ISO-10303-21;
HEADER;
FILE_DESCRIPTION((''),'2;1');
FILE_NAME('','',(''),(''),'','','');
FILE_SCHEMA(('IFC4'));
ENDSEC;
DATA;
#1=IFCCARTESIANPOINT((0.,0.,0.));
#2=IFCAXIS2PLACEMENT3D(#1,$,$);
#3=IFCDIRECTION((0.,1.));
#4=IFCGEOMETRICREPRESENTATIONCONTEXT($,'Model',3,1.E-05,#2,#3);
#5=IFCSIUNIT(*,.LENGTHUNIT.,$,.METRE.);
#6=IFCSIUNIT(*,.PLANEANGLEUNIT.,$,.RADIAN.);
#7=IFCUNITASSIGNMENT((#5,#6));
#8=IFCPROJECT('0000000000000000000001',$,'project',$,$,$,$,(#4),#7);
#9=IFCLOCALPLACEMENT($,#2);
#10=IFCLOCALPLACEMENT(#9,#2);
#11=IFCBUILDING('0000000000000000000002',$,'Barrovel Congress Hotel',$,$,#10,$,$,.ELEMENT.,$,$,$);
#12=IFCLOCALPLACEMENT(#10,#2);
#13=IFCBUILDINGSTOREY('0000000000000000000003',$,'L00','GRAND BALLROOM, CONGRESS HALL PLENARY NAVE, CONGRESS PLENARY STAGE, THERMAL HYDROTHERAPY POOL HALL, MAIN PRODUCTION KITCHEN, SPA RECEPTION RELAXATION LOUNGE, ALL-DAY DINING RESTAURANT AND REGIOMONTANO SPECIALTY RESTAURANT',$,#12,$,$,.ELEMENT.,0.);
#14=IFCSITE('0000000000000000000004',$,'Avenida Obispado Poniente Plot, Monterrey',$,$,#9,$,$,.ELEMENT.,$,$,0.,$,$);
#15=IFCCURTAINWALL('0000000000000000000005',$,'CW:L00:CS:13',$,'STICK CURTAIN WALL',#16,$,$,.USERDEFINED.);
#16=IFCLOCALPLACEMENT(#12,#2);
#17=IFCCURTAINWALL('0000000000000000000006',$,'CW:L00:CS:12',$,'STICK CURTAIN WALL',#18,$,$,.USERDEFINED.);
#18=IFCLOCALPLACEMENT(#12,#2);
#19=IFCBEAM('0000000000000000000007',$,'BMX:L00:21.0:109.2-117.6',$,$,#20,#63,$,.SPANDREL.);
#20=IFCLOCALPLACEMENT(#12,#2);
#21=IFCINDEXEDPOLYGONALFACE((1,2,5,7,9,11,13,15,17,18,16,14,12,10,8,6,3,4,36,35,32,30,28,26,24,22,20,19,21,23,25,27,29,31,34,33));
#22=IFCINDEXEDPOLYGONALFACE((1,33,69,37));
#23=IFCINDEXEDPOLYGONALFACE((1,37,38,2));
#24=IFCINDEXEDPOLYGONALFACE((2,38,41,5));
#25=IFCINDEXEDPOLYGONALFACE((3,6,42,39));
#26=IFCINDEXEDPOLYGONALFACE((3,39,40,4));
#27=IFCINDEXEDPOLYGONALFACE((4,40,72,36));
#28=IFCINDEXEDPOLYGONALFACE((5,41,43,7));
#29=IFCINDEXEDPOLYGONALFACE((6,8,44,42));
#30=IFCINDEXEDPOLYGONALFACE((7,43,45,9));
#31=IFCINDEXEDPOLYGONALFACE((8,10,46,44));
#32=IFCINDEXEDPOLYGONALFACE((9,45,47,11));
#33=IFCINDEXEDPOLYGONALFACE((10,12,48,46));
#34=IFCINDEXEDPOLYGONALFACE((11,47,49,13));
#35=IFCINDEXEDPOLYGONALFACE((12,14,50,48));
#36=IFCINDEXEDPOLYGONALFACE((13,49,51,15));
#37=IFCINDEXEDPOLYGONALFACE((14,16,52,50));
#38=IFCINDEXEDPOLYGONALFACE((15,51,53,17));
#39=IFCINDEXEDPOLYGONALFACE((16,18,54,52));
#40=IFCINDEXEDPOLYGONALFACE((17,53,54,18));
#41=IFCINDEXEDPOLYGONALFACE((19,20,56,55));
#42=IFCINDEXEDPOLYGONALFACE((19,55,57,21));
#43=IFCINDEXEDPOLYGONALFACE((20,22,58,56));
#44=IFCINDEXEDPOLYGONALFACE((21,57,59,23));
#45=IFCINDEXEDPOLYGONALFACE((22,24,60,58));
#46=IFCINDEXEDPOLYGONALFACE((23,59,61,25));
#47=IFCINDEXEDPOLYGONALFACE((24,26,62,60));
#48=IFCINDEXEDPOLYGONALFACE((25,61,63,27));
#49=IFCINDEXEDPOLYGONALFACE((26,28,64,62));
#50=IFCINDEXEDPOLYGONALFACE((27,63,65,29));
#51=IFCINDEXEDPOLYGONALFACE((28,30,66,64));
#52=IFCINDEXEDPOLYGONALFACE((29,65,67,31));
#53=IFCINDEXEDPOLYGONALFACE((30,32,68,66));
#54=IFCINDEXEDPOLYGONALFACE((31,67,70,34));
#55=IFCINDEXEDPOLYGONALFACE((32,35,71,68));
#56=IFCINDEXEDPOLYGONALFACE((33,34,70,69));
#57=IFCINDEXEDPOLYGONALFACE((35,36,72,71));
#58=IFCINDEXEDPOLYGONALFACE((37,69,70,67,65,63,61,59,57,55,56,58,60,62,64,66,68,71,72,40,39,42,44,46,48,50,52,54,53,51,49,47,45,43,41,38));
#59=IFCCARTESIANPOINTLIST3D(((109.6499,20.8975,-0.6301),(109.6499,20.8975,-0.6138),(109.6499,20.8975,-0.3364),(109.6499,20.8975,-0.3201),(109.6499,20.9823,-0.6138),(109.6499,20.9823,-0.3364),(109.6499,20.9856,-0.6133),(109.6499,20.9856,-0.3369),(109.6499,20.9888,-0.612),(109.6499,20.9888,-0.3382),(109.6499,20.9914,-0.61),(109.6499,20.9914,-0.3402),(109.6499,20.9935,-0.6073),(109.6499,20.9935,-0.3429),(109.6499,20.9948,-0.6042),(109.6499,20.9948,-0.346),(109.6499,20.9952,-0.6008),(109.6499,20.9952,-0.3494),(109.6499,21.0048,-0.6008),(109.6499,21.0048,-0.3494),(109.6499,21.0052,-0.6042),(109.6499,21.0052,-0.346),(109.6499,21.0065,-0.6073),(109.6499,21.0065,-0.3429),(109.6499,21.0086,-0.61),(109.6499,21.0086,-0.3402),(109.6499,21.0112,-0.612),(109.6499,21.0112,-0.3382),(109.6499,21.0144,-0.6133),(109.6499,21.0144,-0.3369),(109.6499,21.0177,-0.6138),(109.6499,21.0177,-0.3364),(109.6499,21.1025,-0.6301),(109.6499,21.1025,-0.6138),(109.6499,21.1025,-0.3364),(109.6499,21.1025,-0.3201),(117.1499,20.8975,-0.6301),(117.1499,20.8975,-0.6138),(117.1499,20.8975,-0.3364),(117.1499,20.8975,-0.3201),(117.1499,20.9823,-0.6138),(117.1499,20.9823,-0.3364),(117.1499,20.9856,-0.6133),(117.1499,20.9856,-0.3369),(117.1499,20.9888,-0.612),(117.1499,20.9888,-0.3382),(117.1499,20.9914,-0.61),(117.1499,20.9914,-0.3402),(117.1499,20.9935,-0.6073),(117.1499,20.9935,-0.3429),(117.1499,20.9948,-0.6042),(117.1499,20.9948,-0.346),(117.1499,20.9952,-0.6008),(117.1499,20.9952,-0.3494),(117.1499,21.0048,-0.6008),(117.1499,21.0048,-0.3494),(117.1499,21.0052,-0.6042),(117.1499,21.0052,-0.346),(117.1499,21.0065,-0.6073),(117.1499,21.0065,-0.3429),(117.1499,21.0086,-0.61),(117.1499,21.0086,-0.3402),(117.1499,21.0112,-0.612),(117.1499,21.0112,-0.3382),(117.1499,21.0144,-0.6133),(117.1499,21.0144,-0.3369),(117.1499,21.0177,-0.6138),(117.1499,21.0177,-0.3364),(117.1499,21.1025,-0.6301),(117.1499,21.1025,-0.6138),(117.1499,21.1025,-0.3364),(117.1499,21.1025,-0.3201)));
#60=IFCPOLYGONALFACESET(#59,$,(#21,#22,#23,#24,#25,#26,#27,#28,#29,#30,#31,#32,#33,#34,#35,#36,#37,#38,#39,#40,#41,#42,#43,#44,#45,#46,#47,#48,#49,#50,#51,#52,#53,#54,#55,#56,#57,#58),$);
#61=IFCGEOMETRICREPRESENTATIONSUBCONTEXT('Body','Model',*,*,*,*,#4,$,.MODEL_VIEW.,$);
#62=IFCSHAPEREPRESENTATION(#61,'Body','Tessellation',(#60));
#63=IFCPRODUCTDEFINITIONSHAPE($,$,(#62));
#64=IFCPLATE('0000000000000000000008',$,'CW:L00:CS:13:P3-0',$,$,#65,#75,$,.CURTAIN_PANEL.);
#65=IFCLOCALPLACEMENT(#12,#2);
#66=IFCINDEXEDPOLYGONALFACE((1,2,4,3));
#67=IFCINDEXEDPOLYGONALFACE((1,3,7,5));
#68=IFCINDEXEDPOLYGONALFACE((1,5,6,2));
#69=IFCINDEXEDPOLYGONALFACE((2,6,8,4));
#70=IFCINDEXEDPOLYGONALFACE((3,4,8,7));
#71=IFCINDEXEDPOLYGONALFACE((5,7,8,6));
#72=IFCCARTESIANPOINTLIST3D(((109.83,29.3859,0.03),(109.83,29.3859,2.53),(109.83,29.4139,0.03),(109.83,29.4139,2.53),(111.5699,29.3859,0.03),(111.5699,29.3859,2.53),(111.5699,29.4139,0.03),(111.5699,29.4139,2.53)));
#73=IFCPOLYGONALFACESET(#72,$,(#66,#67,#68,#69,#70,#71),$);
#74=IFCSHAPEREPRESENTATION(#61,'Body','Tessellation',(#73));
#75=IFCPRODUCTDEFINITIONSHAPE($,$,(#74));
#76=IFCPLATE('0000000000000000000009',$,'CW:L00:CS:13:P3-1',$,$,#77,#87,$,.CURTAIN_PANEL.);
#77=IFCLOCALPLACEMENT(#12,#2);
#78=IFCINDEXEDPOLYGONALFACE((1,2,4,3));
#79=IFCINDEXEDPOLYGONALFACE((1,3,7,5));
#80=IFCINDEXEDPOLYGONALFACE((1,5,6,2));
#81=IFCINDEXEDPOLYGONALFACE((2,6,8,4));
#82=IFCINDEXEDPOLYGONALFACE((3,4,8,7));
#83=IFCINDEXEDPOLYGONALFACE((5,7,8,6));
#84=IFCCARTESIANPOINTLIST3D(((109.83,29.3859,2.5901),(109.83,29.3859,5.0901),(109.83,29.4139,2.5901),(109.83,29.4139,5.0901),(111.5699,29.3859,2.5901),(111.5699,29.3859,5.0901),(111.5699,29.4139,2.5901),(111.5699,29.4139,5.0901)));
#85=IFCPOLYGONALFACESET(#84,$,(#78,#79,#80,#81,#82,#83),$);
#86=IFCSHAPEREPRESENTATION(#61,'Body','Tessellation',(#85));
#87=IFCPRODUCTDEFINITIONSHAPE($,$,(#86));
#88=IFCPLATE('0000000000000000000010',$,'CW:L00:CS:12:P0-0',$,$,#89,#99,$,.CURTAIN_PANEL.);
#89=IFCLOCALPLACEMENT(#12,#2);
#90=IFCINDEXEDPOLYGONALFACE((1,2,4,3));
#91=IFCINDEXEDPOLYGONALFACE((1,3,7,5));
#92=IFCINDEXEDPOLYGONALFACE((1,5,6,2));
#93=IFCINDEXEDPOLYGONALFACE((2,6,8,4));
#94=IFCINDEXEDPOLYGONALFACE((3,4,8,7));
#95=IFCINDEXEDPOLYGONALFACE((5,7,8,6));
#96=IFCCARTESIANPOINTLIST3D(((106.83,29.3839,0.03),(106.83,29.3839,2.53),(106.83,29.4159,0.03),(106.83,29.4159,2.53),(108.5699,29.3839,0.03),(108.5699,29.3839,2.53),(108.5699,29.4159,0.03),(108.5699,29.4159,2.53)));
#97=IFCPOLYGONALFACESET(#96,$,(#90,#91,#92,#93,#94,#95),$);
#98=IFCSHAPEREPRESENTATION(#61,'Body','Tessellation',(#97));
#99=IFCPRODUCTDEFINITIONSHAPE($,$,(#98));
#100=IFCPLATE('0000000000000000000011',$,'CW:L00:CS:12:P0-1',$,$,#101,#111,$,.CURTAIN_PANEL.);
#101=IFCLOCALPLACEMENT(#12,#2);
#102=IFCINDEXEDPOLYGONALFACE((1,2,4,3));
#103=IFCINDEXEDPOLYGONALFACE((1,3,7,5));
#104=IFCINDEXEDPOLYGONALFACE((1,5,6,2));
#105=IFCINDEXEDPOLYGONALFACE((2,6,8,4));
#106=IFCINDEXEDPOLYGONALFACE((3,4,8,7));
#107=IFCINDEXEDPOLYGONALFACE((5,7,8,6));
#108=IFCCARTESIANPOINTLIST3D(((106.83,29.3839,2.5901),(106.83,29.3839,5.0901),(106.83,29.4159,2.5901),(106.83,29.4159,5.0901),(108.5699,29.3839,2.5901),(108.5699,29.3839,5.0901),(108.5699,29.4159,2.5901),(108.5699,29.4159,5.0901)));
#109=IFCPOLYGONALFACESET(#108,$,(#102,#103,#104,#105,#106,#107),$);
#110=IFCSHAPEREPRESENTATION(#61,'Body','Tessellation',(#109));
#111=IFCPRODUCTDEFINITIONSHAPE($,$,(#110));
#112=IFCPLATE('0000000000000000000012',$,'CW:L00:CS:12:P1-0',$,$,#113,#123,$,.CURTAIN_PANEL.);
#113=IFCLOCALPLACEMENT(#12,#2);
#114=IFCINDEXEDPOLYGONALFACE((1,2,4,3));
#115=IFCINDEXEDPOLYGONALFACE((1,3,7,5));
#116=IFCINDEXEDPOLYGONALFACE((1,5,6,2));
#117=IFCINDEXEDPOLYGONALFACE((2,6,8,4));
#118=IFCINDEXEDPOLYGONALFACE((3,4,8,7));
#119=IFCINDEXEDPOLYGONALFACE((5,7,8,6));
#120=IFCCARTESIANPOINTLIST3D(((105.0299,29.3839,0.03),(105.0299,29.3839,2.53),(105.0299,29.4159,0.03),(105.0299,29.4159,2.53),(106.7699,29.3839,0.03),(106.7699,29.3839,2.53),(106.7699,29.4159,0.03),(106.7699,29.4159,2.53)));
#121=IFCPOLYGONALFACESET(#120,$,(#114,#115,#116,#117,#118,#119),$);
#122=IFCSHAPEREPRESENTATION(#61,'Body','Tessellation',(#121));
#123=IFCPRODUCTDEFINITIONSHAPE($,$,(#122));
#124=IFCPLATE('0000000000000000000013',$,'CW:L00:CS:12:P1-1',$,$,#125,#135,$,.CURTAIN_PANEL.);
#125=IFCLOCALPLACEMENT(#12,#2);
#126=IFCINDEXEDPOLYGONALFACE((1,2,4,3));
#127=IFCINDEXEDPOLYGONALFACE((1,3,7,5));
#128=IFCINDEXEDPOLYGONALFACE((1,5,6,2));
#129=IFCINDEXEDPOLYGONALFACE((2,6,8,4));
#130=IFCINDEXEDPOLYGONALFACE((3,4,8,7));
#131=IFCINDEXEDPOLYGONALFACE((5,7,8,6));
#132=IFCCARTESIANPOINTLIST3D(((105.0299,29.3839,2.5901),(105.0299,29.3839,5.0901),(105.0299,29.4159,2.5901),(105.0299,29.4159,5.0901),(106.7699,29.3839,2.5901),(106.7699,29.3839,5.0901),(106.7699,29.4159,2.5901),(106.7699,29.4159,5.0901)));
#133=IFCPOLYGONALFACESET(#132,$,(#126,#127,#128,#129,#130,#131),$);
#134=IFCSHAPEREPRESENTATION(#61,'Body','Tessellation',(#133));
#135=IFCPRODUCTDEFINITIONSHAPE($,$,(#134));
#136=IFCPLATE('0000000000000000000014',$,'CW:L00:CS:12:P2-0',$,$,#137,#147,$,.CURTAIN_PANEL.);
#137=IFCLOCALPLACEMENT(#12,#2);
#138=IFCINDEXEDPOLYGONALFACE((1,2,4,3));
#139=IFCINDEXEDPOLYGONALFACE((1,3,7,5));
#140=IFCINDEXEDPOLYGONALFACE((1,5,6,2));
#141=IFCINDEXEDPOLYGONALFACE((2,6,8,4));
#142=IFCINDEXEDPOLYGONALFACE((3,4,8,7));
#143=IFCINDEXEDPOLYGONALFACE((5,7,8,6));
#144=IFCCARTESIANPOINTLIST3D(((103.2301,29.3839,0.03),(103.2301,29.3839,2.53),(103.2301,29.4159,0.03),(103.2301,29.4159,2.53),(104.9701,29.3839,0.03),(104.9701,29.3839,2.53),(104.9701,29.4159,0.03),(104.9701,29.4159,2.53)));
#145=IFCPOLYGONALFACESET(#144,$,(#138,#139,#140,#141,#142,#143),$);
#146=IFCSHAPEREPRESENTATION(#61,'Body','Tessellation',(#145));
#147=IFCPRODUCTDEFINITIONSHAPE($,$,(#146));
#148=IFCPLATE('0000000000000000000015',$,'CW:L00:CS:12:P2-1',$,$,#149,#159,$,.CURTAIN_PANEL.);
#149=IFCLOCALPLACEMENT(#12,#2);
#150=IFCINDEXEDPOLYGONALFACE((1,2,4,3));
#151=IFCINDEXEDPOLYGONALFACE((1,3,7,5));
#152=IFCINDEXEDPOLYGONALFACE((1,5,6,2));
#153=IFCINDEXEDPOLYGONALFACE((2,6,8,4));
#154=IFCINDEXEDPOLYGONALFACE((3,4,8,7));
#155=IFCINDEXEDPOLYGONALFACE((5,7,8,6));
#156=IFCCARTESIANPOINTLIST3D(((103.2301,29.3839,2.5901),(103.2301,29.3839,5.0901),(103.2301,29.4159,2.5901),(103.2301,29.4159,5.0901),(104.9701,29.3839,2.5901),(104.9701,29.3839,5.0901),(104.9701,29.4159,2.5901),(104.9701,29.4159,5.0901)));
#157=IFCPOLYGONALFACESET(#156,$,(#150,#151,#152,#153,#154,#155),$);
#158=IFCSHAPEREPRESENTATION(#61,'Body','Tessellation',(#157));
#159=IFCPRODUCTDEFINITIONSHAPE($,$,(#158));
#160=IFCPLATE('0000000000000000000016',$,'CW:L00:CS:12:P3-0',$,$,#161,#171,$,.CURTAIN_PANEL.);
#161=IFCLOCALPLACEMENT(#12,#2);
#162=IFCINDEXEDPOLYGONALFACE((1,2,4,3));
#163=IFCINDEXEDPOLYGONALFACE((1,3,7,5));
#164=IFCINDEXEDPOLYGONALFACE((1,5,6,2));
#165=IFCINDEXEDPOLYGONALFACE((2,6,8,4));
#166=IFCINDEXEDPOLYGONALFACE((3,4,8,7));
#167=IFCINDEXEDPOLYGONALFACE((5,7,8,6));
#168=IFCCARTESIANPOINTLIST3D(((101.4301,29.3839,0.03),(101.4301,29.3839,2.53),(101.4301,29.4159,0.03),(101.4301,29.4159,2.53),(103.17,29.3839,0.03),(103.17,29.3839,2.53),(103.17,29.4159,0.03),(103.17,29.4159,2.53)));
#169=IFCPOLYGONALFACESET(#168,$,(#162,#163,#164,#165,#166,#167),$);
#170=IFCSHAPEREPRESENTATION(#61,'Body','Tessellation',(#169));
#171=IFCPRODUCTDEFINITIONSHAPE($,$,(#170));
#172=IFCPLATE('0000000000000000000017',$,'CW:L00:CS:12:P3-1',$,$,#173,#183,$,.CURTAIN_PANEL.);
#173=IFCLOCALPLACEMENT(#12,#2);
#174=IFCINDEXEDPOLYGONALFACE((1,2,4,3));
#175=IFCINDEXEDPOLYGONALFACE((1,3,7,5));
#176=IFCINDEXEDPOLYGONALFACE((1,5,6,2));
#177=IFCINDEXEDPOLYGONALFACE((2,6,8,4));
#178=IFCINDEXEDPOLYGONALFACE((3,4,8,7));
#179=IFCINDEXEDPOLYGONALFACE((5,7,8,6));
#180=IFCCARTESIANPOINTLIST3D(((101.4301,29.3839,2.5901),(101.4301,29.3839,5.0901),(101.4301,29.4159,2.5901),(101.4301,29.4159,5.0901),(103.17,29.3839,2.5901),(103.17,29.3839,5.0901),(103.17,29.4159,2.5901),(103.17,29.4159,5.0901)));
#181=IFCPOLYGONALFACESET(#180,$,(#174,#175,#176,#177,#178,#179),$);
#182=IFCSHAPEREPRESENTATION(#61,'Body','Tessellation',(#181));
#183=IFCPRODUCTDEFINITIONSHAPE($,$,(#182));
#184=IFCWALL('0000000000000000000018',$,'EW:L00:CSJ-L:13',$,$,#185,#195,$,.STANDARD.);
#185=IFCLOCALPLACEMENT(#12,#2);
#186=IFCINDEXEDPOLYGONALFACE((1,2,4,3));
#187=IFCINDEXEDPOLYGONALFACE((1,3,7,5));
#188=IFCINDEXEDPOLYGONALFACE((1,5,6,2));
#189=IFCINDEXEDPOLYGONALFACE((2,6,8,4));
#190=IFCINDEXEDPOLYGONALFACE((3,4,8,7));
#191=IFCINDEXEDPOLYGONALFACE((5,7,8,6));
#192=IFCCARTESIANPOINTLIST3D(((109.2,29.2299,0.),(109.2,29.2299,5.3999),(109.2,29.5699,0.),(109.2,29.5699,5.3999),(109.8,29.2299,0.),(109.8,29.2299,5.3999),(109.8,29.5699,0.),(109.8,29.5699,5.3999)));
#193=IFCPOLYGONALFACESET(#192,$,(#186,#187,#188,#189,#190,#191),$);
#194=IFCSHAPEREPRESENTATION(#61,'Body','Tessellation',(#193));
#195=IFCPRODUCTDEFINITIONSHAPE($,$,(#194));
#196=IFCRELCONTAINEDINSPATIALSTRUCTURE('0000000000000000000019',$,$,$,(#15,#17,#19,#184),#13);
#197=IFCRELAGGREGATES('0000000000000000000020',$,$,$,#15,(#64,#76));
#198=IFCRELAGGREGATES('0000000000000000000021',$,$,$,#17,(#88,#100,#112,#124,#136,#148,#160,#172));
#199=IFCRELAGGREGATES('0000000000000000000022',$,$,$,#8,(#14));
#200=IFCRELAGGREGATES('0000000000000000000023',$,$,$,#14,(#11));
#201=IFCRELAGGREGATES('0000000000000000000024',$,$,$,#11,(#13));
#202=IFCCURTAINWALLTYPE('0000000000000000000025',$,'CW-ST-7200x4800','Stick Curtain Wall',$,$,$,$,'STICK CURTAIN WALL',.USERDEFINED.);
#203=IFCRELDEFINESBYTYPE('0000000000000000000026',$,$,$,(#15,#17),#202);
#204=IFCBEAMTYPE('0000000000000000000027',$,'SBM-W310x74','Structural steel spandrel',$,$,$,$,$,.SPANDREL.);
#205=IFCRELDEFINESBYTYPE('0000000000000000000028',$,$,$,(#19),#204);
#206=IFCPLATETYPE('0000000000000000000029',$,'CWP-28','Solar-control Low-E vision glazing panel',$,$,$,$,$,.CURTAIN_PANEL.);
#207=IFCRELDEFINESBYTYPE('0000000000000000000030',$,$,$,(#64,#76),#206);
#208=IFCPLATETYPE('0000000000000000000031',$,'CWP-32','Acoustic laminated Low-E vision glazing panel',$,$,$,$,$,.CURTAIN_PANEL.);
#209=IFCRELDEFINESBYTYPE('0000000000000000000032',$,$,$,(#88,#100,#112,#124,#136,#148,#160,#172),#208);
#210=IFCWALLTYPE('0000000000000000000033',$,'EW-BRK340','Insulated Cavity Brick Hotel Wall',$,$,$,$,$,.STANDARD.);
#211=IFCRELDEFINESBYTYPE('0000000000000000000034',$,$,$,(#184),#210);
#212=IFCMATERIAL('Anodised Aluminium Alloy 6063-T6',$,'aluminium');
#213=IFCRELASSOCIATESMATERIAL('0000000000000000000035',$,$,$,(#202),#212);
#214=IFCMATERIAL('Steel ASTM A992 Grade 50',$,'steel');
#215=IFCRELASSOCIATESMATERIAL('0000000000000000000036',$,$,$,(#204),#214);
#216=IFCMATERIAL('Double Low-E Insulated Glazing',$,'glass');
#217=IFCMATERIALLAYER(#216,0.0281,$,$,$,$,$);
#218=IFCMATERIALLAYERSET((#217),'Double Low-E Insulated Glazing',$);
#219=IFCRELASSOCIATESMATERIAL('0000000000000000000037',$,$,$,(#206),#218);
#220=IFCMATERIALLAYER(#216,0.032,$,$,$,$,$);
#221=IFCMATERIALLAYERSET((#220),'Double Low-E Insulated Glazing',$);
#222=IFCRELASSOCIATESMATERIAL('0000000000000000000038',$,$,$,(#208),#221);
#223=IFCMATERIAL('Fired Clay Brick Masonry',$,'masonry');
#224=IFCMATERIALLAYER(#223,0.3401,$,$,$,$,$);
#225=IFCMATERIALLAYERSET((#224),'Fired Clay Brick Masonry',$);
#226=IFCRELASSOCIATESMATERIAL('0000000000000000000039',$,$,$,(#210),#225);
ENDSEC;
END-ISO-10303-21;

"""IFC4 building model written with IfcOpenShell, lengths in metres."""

from ifc_helpers import new_model, si_unit, direction, frame, frame_2d, origin, origin_2d, place, context, subcontext, project, spatial, rectangle, i_section, extrude, material, layer, layer_set, material_profile, profile_set, type_object, element, aggregate, save


model = new_model("IFC4")

# Units and contexts
model_context = context("Model", 3, precision=1e-05, world=origin(), true_north=direction((0.0, 1.0)))
body_context = subcontext(model_context, "Body", "Model", "MODEL_VIEW")
ifc_project = project(units=[si_unit("LENGTHUNIT", "METRE"), si_unit("PLANEANGLEUNIT", "RADIAN")], contexts=[model_context])

# Site, building, storey
site_placement = place(None, origin())
site = spatial("IfcSite", under=ifc_project, at=site_placement, Name="Avenida Obispado Poniente Plot, Monterrey", CompositionType="ELEMENT", RefElevation=0.0)
building_placement = place(site_placement, origin())
building = spatial("IfcBuilding", under=site, at=building_placement, Name="Barrovel Congress Hotel", CompositionType="ELEMENT")
storey_placement = place(building_placement, origin())
storey = spatial("IfcBuildingStorey", under=building, at=storey_placement, Name="L00", Description="GRAND BALLROOM, CONGRESS HALL PLENARY NAVE, CONGRESS PLENARY STAGE, THERMAL HYDROTHERAPY POOL HALL, MAIN PRODUCTION KITCHEN, SPA RECEPTION RELAXATION LOUNGE, ALL-DAY DINING RESTAURANT AND REGIOMONTANO SPECIALTY RESTAURANT", CompositionType="ELEMENT", Elevation=0.0)

# Curtain wall
ifc_material_1 = material(Name="Anodised Aluminium Alloy 6063-T6", Category="aluminium")
curtain_wall_type = type_object("IfcCurtainWallType", Name="CW-ST-7200x4800", Description="Stick Curtain Wall", ElementType="STICK CURTAIN WALL", PredefinedType="USERDEFINED", material=ifc_material_1)
curtain_wall_1_placement = place(storey_placement, origin())
curtain_wall_1 = element("IfcCurtainWall", 1, at=curtain_wall_1_placement, inside=storey, type_object=curtain_wall_type, Name="CW:L00:CS:13", ObjectType="STICK CURTAIN WALL", PredefinedType="USERDEFINED")

# Curtain wall
curtain_wall_2_placement = place(storey_placement, origin())
curtain_wall_2 = element("IfcCurtainWall", 2, at=curtain_wall_2_placement, inside=storey, type_object=curtain_wall_type, Name="CW:L00:CS:12", ObjectType="STICK CURTAIN WALL", PredefinedType="USERDEFINED")

# Beam
ifc_material_2 = material(Name="Steel ASTM A992 Grade 50", Category="steel")
ifc_material_profile_1 = material_profile(ifc_material_2, i_section(OverallWidth=0.2051, OverallDepth=0.3101, WebThickness=0.0095, FlangeThickness=0.0164, FilletRadius=0.0129, at=origin_2d()), Name="W310x74")
ifc_profile_set_1 = profile_set([ifc_material_profile_1], Name="Steel ASTM A992 Grade 50")
beam_type_1 = type_object("IfcBeamType", Name="SBM-W310x74", Description="Structural steel spandrel", PredefinedType="SPANDREL", material=ifc_profile_set_1)
beam_1_placement = place(storey_placement, frame((109.6499, 21.0, -0.4751), z_axis=(1.0, 0.0, 0.0), x_axis=(0.0, 1.0, 0.0)))
element("IfcBeam", 3, at=beam_1_placement, inside=storey, type_object=beam_type_1, Name="BMX:L00:21.0:109.2-117.6", PredefinedType="SPANDREL", context=body_context, shape_type="SweptSolid", body=[
    extrude(i_section(OverallWidth=0.2051, OverallDepth=0.3101, WebThickness=0.0095, FlangeThickness=0.0164, FilletRadius=0.0129, at=origin_2d()), origin(), (0.0, 0.0, 1.0), 7.5),
])

# Plates
ifc_material_3 = material(Name="Double Low-E Insulated Glazing", Category="glass")
ifc_layer_1 = layer(ifc_material_3, 0.0281)
ifc_layer_set_1 = layer_set([ifc_layer_1], Name="Double Low-E Insulated Glazing")
plate_type_1 = type_object("IfcPlateType", Name="CWP-28", Description="Solar-control Low-E vision glazing panel", PredefinedType="CURTAIN_PANEL", material=ifc_layer_set_1)
plate_1_placement = place(storey_placement, frame((110.7, 29.3999, 0.03), z_axis=(0.0, 0.0, 1.0), x_axis=(-1.0, 0.0, 0.0)))
plate_1 = element("IfcPlate", 4, at=plate_1_placement, type_object=plate_type_1, Name="CW:L00:CS:13:P3-0", PredefinedType="CURTAIN_PANEL", context=body_context, shape_type="SweptSolid", body=[
    extrude(rectangle(XDim=1.74, YDim=0.0281, at=origin_2d()), origin(), (0.0, 0.0, 1.0), 2.5),
])
plate_2_placement = place(storey_placement, frame((110.7, 29.3999, 2.5901), z_axis=(0.0, 0.0, 1.0), x_axis=(-1.0, 0.0, 0.0)))
plate_2 = element("IfcPlate", 5, at=plate_2_placement, type_object=plate_type_1, Name="CW:L00:CS:13:P3-1", PredefinedType="CURTAIN_PANEL", context=body_context, shape_type="SweptSolid", body=[
    extrude(rectangle(XDim=1.74, YDim=0.0281, at=origin_2d()), origin(), (0.0, 0.0, 1.0), 2.5),
])
aggregate(curtain_wall_1, [plate_1, plate_2])
ifc_layer_2 = layer(ifc_material_3, 0.032)
ifc_layer_set_2 = layer_set([ifc_layer_2], Name="Double Low-E Insulated Glazing")
plate_type_2 = type_object("IfcPlateType", Name="CWP-32", Description="Acoustic laminated Low-E vision glazing panel", PredefinedType="CURTAIN_PANEL", material=ifc_layer_set_2)
plate_3_placement = place(storey_placement, frame((107.7, 29.3999, 0.03), z_axis=(0.0, 0.0, 1.0), x_axis=(-1.0, 0.0, 0.0)))
plate_3 = element("IfcPlate", 6, at=plate_3_placement, type_object=plate_type_2, Name="CW:L00:CS:12:P0-0", PredefinedType="CURTAIN_PANEL", context=body_context, shape_type="SweptSolid", body=[
    extrude(rectangle(XDim=1.74, YDim=0.032, at=origin_2d()), origin(), (0.0, 0.0, 1.0), 2.5),
])
plate_4_placement = place(storey_placement, frame((107.7, 29.3999, 2.5901), z_axis=(0.0, 0.0, 1.0), x_axis=(-1.0, 0.0, 0.0)))
plate_4 = element("IfcPlate", 7, at=plate_4_placement, type_object=plate_type_2, Name="CW:L00:CS:12:P0-1", PredefinedType="CURTAIN_PANEL", context=body_context, shape_type="SweptSolid", body=[
    extrude(rectangle(XDim=1.74, YDim=0.032, at=origin_2d()), origin(), (0.0, 0.0, 1.0), 2.5),
])
plate_5_placement = place(storey_placement, frame((105.8999, 29.3999, 0.03), z_axis=(0.0, 0.0, 1.0), x_axis=(-1.0, 0.0, 0.0)))
plate_5 = element("IfcPlate", 8, at=plate_5_placement, type_object=plate_type_2, Name="CW:L00:CS:12:P1-0", PredefinedType="CURTAIN_PANEL", context=body_context, shape_type="SweptSolid", body=[
    extrude(rectangle(XDim=1.74, YDim=0.032, at=origin_2d()), origin(), (0.0, 0.0, 1.0), 2.5),
])
plate_6_placement = place(storey_placement, frame((105.8999, 29.3999, 2.5901), z_axis=(0.0, 0.0, 1.0), x_axis=(-1.0, 0.0, 0.0)))
plate_6 = element("IfcPlate", 9, at=plate_6_placement, type_object=plate_type_2, Name="CW:L00:CS:12:P1-1", PredefinedType="CURTAIN_PANEL", context=body_context, shape_type="SweptSolid", body=[
    extrude(rectangle(XDim=1.74, YDim=0.032, at=origin_2d()), origin(), (0.0, 0.0, 1.0), 2.5),
])
plate_7_placement = place(storey_placement, frame((104.1001, 29.3999, 0.03), z_axis=(0.0, 0.0, 1.0), x_axis=(-1.0, 0.0, 0.0)))
plate_7 = element("IfcPlate", 10, at=plate_7_placement, type_object=plate_type_2, Name="CW:L00:CS:12:P2-0", PredefinedType="CURTAIN_PANEL", context=body_context, shape_type="SweptSolid", body=[
    extrude(rectangle(XDim=1.74, YDim=0.032, at=origin_2d()), origin(), (0.0, 0.0, 1.0), 2.5),
])
plate_8_placement = place(storey_placement, frame((104.1001, 29.3999, 2.5901), z_axis=(0.0, 0.0, 1.0), x_axis=(-1.0, 0.0, 0.0)))
plate_8 = element("IfcPlate", 11, at=plate_8_placement, type_object=plate_type_2, Name="CW:L00:CS:12:P2-1", PredefinedType="CURTAIN_PANEL", context=body_context, shape_type="SweptSolid", body=[
    extrude(rectangle(XDim=1.74, YDim=0.032, at=origin_2d()), origin(), (0.0, 0.0, 1.0), 2.5),
])
plate_9_placement = place(storey_placement, frame((102.3, 29.3999, 0.03), z_axis=(0.0, 0.0, 1.0), x_axis=(-1.0, 0.0, 0.0)))
plate_9 = element("IfcPlate", 12, at=plate_9_placement, type_object=plate_type_2, Name="CW:L00:CS:12:P3-0", PredefinedType="CURTAIN_PANEL", context=body_context, shape_type="SweptSolid", body=[
    extrude(rectangle(XDim=1.74, YDim=0.032, at=origin_2d()), origin(), (0.0, 0.0, 1.0), 2.5),
])
plate_10_placement = place(storey_placement, frame((102.3, 29.3999, 2.5901), z_axis=(0.0, 0.0, 1.0), x_axis=(-1.0, 0.0, 0.0)))
plate_10 = element("IfcPlate", 13, at=plate_10_placement, type_object=plate_type_2, Name="CW:L00:CS:12:P3-1", PredefinedType="CURTAIN_PANEL", context=body_context, shape_type="SweptSolid", body=[
    extrude(rectangle(XDim=1.74, YDim=0.032, at=origin_2d()), origin(), (0.0, 0.0, 1.0), 2.5),
])
aggregate(curtain_wall_2, [plate_3, plate_4, plate_5, plate_6, plate_7, plate_8, plate_9, plate_10])

# Wall
ifc_material_4 = material(Name="Fired Clay Brick Masonry", Category="masonry")
ifc_layer_3 = layer(ifc_material_4, 0.3401)
ifc_layer_set_3 = layer_set([ifc_layer_3], Name="Fired Clay Brick Masonry")
wall_type_1 = type_object("IfcWallType", Name="EW-BRK340", Description="Insulated Cavity Brick Hotel Wall", PredefinedType="STANDARD", material=ifc_layer_set_3)
wall_1_placement = place(storey_placement, frame((109.8, 29.3999, 0.0), z_axis=(0.0, 0.0, 1.0), x_axis=(-1.0, 0.0, 0.0)))
element("IfcWall", 14, at=wall_1_placement, inside=storey, type_object=wall_type_1, Name="EW:L00:CSJ-L:13", PredefinedType="STANDARD", context=body_context, shape_type="SweptSolid", body=[
    extrude(rectangle(XDim=0.6001, YDim=0.3401, at=frame_2d((0.3, 0.0))), origin(), (0.0, 0.0, 1.0), 5.3999),
])

save(model, "model.ifc")
